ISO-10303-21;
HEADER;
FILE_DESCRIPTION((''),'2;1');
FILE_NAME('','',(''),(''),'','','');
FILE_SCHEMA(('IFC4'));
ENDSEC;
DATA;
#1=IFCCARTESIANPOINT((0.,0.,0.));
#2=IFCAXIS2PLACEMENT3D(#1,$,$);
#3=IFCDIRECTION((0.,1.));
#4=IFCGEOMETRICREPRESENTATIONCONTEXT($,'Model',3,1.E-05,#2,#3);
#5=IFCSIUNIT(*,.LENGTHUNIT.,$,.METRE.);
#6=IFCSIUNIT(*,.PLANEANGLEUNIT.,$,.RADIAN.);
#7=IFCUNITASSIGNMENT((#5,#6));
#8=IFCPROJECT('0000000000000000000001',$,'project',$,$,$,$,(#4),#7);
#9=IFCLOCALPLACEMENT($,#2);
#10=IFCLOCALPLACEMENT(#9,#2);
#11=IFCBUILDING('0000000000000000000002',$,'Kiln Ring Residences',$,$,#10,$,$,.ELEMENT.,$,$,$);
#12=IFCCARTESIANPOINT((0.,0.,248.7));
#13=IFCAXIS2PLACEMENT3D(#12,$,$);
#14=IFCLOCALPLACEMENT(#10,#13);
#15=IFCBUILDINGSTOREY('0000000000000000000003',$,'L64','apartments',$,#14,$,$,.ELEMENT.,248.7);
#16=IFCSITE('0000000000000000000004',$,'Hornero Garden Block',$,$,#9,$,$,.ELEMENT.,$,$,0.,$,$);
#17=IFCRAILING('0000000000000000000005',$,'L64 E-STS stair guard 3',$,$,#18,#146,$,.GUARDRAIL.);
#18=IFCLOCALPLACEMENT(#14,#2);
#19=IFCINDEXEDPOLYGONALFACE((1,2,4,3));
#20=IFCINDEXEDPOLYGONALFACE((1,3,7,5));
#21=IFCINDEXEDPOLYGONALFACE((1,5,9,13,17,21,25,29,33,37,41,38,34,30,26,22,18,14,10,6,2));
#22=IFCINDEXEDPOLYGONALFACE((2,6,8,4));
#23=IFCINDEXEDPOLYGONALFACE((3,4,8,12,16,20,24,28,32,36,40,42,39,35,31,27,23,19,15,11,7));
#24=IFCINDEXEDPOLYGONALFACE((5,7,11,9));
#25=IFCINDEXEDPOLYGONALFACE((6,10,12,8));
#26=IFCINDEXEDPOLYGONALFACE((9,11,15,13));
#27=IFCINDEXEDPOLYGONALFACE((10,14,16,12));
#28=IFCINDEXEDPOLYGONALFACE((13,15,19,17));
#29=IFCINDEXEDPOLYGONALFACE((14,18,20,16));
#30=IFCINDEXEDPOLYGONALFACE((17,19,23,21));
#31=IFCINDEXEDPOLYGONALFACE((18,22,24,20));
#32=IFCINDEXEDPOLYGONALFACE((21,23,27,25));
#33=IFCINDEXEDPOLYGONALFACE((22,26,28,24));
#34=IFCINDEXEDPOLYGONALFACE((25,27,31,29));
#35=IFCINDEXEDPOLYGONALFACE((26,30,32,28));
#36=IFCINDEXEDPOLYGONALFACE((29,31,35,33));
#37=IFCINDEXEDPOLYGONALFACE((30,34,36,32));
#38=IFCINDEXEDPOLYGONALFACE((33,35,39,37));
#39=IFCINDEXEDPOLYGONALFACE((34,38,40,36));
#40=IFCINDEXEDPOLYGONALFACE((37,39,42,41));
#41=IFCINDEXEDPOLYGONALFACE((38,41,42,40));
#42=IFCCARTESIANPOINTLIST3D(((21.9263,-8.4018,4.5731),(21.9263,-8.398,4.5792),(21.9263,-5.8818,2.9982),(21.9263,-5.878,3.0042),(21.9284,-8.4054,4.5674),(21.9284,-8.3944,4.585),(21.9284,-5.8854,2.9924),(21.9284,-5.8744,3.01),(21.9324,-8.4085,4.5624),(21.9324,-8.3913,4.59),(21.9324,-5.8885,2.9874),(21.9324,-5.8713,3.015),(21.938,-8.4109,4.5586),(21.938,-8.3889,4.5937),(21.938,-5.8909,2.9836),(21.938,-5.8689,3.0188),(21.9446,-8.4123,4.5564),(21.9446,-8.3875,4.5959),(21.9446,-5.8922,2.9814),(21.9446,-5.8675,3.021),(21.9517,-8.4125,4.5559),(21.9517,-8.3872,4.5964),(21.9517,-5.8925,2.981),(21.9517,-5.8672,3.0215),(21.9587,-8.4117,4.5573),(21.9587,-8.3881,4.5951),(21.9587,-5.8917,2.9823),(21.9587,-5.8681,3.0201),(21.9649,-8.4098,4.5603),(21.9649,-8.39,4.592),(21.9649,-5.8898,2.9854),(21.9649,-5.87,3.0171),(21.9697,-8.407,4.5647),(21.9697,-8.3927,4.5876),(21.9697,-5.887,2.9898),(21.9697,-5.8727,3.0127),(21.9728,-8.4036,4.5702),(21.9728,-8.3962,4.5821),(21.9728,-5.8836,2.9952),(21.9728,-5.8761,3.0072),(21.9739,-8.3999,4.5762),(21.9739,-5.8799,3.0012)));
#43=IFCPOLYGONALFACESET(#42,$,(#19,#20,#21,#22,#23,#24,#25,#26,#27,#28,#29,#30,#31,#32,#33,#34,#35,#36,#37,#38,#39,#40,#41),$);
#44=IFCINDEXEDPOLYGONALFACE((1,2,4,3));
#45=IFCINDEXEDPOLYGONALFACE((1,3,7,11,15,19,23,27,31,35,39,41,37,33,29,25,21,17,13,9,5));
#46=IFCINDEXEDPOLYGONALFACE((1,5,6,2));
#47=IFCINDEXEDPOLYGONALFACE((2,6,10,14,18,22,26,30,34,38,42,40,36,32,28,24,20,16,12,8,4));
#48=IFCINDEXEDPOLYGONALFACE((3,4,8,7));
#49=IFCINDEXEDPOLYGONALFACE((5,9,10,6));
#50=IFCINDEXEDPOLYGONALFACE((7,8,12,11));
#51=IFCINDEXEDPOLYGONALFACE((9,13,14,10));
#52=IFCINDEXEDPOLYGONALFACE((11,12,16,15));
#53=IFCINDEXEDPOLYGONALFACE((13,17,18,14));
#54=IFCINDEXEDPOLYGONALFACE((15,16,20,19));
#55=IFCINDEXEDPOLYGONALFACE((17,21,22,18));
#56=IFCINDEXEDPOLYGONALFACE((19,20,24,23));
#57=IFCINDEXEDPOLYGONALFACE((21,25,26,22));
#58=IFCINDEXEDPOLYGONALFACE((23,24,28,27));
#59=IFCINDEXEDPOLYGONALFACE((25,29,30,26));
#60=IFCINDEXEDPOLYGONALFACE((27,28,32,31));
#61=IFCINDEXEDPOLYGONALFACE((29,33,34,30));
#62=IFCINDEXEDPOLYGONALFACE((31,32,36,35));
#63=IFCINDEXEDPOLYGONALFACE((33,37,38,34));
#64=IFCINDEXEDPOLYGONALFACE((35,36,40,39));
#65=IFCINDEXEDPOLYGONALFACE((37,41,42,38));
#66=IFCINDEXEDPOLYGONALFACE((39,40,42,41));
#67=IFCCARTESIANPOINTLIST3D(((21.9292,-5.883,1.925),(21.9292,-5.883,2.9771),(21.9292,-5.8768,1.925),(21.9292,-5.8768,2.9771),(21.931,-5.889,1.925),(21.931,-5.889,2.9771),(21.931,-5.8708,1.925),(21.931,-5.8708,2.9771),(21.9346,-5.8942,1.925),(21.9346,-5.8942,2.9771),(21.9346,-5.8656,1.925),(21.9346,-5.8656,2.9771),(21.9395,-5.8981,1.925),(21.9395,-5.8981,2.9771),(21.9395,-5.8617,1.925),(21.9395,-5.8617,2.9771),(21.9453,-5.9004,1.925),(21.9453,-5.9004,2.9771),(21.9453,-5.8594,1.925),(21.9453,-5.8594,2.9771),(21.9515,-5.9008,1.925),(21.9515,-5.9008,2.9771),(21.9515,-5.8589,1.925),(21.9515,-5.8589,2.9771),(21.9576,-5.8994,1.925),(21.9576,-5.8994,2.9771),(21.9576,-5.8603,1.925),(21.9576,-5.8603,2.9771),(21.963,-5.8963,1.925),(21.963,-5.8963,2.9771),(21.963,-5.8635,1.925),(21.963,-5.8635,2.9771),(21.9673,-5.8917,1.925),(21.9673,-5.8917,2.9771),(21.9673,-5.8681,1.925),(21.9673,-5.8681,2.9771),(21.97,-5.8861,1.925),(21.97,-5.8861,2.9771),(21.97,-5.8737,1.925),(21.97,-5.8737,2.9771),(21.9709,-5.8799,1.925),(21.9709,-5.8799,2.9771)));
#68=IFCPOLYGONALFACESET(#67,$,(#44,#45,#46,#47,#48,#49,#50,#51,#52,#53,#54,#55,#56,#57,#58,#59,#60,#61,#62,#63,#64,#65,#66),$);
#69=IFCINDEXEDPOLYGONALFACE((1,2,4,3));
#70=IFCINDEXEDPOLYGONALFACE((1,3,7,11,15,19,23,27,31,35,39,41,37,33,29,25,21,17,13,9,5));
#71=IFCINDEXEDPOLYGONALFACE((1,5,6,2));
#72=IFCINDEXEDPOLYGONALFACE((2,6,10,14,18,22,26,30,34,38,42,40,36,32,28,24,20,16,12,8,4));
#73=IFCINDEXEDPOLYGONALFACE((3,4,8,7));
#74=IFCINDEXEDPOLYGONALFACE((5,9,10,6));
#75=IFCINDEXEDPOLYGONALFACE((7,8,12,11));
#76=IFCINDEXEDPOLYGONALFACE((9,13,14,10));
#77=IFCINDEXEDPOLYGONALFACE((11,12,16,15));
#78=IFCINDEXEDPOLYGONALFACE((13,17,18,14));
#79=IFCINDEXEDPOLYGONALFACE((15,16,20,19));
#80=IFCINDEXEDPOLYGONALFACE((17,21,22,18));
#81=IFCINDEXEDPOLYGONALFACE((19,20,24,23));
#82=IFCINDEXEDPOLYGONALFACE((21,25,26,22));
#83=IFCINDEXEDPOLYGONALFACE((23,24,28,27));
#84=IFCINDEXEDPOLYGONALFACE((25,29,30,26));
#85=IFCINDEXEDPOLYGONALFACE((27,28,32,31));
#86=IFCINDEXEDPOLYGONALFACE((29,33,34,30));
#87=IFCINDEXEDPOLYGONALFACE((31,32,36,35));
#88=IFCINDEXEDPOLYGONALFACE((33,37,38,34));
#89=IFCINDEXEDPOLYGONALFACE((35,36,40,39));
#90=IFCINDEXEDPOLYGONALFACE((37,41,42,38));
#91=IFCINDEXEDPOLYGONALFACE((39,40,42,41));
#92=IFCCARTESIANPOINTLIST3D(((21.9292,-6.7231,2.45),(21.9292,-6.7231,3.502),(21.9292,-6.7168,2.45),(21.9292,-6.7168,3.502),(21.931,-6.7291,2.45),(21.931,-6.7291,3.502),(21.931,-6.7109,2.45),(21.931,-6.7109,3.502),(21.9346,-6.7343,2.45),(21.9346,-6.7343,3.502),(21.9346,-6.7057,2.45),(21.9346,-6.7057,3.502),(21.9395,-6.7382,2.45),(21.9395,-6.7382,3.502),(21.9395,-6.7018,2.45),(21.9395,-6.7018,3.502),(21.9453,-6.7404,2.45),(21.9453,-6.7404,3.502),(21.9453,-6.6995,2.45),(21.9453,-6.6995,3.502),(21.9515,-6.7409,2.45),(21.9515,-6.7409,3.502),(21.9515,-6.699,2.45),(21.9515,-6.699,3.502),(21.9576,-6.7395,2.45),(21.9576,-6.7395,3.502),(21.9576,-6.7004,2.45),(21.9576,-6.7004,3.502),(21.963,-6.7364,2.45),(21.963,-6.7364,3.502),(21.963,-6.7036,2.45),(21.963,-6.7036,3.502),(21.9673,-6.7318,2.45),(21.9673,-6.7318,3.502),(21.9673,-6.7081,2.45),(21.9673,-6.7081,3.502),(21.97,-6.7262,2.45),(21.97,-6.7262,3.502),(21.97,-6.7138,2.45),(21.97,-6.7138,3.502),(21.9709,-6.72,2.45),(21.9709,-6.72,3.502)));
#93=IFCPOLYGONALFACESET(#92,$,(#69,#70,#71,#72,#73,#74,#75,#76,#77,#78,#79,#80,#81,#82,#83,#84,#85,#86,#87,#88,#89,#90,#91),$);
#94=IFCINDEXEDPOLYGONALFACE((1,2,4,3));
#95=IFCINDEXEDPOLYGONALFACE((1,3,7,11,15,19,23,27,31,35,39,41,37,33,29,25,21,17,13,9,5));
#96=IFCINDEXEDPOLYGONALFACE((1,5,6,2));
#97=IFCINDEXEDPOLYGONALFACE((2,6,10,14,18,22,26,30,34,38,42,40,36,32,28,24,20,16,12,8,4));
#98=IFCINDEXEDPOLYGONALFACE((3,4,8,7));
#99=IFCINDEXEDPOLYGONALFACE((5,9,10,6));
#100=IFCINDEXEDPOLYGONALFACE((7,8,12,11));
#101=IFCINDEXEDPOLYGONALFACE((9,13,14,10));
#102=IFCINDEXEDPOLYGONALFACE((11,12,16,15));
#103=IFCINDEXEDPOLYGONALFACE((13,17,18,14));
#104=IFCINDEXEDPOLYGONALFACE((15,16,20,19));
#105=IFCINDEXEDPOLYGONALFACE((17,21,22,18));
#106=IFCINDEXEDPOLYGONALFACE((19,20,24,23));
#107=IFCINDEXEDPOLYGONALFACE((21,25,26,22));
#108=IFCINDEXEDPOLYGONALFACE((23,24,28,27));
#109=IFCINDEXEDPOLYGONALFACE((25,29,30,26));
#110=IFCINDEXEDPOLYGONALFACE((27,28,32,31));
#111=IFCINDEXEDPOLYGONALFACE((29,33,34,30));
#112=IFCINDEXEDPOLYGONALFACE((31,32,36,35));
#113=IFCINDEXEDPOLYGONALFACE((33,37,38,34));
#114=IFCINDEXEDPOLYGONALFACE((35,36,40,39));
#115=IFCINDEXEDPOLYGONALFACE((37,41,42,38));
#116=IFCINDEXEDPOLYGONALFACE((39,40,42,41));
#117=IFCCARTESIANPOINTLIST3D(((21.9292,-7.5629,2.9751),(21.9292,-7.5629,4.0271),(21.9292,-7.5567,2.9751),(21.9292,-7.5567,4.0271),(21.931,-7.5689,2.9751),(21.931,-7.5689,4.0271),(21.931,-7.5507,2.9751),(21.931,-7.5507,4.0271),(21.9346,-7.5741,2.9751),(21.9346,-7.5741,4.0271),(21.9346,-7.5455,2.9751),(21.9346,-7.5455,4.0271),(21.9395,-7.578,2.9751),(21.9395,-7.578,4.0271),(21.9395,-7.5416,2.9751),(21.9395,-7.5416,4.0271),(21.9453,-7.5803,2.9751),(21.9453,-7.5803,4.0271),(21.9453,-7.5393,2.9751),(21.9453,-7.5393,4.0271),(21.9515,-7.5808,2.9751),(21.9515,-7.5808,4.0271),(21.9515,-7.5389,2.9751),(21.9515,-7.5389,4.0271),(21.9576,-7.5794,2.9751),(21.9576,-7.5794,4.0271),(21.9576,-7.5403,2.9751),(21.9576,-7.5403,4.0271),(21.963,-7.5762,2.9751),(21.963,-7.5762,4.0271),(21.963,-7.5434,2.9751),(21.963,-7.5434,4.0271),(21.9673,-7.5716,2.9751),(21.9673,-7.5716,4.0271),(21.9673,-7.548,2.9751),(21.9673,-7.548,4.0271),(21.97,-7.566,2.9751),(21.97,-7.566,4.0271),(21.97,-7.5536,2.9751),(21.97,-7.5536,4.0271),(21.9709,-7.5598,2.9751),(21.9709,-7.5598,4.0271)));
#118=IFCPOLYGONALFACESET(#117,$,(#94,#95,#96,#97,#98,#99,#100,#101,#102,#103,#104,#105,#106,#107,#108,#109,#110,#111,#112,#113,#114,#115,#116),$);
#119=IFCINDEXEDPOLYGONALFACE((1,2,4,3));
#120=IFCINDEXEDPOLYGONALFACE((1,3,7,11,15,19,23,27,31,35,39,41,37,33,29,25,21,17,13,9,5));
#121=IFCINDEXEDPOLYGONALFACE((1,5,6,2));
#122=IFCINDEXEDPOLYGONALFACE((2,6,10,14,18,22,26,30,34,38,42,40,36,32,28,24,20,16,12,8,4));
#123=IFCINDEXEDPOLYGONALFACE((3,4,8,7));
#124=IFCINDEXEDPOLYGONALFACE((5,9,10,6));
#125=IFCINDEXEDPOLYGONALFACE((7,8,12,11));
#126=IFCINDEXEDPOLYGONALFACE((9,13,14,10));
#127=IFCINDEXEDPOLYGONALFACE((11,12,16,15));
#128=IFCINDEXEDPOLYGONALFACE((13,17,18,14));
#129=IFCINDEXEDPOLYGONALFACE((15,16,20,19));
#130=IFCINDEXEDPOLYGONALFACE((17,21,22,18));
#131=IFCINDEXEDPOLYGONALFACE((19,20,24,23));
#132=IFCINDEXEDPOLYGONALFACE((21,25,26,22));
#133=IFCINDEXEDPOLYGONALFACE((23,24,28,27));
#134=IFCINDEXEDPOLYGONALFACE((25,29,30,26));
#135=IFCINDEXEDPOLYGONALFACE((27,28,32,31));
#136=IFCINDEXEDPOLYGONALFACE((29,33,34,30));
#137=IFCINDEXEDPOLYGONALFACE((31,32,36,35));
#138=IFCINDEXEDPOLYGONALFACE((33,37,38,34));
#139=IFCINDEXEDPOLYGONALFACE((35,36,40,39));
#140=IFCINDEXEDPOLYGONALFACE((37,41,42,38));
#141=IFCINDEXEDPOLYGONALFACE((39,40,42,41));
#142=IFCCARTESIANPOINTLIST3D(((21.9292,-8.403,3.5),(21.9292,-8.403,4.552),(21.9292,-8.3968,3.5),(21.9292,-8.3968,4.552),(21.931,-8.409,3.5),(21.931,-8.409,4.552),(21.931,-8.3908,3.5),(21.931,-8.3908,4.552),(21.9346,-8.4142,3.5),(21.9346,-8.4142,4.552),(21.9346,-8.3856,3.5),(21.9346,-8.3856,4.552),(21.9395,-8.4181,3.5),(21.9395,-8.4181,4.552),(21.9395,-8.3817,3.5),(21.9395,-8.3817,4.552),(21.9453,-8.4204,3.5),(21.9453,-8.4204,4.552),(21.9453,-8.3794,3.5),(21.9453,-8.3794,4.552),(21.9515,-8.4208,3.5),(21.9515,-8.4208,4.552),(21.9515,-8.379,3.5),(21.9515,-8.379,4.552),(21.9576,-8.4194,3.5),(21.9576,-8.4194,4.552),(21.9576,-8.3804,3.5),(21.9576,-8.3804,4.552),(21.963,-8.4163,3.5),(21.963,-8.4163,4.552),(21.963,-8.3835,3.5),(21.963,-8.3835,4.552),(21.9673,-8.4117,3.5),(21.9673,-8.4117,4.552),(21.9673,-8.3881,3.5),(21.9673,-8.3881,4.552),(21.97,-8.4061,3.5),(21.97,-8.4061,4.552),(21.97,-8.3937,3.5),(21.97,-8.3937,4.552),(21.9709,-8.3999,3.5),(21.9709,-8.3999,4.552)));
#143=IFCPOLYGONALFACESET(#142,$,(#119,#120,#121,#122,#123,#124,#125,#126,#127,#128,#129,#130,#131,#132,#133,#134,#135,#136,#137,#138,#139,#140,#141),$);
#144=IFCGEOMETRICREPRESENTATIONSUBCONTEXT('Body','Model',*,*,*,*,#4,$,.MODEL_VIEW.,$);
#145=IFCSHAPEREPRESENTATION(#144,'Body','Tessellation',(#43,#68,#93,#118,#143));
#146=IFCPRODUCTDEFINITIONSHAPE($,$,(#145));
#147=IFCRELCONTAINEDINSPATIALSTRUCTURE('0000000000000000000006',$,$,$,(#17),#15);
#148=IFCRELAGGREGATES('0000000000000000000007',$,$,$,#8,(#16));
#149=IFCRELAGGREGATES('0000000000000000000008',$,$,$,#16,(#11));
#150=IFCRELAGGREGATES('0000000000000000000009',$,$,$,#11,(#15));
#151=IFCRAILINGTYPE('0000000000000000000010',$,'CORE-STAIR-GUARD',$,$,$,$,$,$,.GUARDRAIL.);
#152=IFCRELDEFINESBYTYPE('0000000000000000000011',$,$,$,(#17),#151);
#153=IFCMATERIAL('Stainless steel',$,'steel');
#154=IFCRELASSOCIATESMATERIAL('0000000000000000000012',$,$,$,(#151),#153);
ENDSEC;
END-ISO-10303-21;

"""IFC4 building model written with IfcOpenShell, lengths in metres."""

from ifc_helpers import new_model, si_unit, direction, frame, origin, origin_2d, place, context, subcontext, project, spatial, circle, extrude, material, type_object, element, save


model = new_model("IFC4")

# Units and contexts
model_context = context("Model", 3, precision=1e-05, world=origin(), true_north=direction((0.0, 1.0)))
body_context = subcontext(model_context, "Body", "Model", "MODEL_VIEW")
ifc_project = project(units=[si_unit("LENGTHUNIT", "METRE"), si_unit("PLANEANGLEUNIT", "RADIAN")], contexts=[model_context])

# Site, building, storey
site_placement = place(None, origin())
site = spatial("IfcSite", under=ifc_project, at=site_placement, Name="Hornero Garden Block", CompositionType="ELEMENT", RefElevation=0.0)
building_placement = place(site_placement, origin())
building = spatial("IfcBuilding", under=site, at=building_placement, Name="Kiln Ring Residences", CompositionType="ELEMENT")
storey_placement = place(building_placement, frame((0.0, 0.0, 248.7)))
storey = spatial("IfcBuildingStorey", under=building, at=storey_placement, Name="L64", Description="apartments", CompositionType="ELEMENT", Elevation=248.7)

# Railing
ifc_material_1 = material(Name="Stainless steel", Category="steel")
railing_type_1 = type_object("IfcRailingType", Name="CORE-STAIR-GUARD", PredefinedType="GUARDRAIL", material=ifc_material_1)
railing_1_placement = place(storey_placement, frame((21.95, -5.8799, 1.925)))
element("IfcRailing", 1, at=railing_1_placement, inside=storey, type_object=railing_type_1, Name="L64 E-STS stair guard 3", PredefinedType="GUARDRAIL", context=body_context, shape_type="SweptSolid", body=[
    extrude(circle(Radius=0.0239, at=origin_2d()), frame((0.0, 0.0, 1.0762), z_axis=(0.0, -0.848008, 0.529984), x_axis=(1.0, 0.0, 0.0)), (0.0, 0.0, 1.0), 2.9717),
    extrude(circle(Radius=0.021, at=origin_2d()), origin(), (0.0, 0.0, 1.0), 1.052),
    extrude(circle(Radius=0.021, at=origin_2d()), frame((0.0, -0.8401, 0.5249)), (0.0, 0.0, 1.0), 1.052),
    extrude(circle(Radius=0.021, at=origin_2d()), frame((0.0, -1.6799, 1.05)), (0.0, 0.0, 1.0), 1.052),
    extrude(circle(Radius=0.021, at=origin_2d()), frame((0.0, -2.52, 1.575)), (0.0, 0.0, 1.0), 1.052),
])

save(model, "model.ifc")
